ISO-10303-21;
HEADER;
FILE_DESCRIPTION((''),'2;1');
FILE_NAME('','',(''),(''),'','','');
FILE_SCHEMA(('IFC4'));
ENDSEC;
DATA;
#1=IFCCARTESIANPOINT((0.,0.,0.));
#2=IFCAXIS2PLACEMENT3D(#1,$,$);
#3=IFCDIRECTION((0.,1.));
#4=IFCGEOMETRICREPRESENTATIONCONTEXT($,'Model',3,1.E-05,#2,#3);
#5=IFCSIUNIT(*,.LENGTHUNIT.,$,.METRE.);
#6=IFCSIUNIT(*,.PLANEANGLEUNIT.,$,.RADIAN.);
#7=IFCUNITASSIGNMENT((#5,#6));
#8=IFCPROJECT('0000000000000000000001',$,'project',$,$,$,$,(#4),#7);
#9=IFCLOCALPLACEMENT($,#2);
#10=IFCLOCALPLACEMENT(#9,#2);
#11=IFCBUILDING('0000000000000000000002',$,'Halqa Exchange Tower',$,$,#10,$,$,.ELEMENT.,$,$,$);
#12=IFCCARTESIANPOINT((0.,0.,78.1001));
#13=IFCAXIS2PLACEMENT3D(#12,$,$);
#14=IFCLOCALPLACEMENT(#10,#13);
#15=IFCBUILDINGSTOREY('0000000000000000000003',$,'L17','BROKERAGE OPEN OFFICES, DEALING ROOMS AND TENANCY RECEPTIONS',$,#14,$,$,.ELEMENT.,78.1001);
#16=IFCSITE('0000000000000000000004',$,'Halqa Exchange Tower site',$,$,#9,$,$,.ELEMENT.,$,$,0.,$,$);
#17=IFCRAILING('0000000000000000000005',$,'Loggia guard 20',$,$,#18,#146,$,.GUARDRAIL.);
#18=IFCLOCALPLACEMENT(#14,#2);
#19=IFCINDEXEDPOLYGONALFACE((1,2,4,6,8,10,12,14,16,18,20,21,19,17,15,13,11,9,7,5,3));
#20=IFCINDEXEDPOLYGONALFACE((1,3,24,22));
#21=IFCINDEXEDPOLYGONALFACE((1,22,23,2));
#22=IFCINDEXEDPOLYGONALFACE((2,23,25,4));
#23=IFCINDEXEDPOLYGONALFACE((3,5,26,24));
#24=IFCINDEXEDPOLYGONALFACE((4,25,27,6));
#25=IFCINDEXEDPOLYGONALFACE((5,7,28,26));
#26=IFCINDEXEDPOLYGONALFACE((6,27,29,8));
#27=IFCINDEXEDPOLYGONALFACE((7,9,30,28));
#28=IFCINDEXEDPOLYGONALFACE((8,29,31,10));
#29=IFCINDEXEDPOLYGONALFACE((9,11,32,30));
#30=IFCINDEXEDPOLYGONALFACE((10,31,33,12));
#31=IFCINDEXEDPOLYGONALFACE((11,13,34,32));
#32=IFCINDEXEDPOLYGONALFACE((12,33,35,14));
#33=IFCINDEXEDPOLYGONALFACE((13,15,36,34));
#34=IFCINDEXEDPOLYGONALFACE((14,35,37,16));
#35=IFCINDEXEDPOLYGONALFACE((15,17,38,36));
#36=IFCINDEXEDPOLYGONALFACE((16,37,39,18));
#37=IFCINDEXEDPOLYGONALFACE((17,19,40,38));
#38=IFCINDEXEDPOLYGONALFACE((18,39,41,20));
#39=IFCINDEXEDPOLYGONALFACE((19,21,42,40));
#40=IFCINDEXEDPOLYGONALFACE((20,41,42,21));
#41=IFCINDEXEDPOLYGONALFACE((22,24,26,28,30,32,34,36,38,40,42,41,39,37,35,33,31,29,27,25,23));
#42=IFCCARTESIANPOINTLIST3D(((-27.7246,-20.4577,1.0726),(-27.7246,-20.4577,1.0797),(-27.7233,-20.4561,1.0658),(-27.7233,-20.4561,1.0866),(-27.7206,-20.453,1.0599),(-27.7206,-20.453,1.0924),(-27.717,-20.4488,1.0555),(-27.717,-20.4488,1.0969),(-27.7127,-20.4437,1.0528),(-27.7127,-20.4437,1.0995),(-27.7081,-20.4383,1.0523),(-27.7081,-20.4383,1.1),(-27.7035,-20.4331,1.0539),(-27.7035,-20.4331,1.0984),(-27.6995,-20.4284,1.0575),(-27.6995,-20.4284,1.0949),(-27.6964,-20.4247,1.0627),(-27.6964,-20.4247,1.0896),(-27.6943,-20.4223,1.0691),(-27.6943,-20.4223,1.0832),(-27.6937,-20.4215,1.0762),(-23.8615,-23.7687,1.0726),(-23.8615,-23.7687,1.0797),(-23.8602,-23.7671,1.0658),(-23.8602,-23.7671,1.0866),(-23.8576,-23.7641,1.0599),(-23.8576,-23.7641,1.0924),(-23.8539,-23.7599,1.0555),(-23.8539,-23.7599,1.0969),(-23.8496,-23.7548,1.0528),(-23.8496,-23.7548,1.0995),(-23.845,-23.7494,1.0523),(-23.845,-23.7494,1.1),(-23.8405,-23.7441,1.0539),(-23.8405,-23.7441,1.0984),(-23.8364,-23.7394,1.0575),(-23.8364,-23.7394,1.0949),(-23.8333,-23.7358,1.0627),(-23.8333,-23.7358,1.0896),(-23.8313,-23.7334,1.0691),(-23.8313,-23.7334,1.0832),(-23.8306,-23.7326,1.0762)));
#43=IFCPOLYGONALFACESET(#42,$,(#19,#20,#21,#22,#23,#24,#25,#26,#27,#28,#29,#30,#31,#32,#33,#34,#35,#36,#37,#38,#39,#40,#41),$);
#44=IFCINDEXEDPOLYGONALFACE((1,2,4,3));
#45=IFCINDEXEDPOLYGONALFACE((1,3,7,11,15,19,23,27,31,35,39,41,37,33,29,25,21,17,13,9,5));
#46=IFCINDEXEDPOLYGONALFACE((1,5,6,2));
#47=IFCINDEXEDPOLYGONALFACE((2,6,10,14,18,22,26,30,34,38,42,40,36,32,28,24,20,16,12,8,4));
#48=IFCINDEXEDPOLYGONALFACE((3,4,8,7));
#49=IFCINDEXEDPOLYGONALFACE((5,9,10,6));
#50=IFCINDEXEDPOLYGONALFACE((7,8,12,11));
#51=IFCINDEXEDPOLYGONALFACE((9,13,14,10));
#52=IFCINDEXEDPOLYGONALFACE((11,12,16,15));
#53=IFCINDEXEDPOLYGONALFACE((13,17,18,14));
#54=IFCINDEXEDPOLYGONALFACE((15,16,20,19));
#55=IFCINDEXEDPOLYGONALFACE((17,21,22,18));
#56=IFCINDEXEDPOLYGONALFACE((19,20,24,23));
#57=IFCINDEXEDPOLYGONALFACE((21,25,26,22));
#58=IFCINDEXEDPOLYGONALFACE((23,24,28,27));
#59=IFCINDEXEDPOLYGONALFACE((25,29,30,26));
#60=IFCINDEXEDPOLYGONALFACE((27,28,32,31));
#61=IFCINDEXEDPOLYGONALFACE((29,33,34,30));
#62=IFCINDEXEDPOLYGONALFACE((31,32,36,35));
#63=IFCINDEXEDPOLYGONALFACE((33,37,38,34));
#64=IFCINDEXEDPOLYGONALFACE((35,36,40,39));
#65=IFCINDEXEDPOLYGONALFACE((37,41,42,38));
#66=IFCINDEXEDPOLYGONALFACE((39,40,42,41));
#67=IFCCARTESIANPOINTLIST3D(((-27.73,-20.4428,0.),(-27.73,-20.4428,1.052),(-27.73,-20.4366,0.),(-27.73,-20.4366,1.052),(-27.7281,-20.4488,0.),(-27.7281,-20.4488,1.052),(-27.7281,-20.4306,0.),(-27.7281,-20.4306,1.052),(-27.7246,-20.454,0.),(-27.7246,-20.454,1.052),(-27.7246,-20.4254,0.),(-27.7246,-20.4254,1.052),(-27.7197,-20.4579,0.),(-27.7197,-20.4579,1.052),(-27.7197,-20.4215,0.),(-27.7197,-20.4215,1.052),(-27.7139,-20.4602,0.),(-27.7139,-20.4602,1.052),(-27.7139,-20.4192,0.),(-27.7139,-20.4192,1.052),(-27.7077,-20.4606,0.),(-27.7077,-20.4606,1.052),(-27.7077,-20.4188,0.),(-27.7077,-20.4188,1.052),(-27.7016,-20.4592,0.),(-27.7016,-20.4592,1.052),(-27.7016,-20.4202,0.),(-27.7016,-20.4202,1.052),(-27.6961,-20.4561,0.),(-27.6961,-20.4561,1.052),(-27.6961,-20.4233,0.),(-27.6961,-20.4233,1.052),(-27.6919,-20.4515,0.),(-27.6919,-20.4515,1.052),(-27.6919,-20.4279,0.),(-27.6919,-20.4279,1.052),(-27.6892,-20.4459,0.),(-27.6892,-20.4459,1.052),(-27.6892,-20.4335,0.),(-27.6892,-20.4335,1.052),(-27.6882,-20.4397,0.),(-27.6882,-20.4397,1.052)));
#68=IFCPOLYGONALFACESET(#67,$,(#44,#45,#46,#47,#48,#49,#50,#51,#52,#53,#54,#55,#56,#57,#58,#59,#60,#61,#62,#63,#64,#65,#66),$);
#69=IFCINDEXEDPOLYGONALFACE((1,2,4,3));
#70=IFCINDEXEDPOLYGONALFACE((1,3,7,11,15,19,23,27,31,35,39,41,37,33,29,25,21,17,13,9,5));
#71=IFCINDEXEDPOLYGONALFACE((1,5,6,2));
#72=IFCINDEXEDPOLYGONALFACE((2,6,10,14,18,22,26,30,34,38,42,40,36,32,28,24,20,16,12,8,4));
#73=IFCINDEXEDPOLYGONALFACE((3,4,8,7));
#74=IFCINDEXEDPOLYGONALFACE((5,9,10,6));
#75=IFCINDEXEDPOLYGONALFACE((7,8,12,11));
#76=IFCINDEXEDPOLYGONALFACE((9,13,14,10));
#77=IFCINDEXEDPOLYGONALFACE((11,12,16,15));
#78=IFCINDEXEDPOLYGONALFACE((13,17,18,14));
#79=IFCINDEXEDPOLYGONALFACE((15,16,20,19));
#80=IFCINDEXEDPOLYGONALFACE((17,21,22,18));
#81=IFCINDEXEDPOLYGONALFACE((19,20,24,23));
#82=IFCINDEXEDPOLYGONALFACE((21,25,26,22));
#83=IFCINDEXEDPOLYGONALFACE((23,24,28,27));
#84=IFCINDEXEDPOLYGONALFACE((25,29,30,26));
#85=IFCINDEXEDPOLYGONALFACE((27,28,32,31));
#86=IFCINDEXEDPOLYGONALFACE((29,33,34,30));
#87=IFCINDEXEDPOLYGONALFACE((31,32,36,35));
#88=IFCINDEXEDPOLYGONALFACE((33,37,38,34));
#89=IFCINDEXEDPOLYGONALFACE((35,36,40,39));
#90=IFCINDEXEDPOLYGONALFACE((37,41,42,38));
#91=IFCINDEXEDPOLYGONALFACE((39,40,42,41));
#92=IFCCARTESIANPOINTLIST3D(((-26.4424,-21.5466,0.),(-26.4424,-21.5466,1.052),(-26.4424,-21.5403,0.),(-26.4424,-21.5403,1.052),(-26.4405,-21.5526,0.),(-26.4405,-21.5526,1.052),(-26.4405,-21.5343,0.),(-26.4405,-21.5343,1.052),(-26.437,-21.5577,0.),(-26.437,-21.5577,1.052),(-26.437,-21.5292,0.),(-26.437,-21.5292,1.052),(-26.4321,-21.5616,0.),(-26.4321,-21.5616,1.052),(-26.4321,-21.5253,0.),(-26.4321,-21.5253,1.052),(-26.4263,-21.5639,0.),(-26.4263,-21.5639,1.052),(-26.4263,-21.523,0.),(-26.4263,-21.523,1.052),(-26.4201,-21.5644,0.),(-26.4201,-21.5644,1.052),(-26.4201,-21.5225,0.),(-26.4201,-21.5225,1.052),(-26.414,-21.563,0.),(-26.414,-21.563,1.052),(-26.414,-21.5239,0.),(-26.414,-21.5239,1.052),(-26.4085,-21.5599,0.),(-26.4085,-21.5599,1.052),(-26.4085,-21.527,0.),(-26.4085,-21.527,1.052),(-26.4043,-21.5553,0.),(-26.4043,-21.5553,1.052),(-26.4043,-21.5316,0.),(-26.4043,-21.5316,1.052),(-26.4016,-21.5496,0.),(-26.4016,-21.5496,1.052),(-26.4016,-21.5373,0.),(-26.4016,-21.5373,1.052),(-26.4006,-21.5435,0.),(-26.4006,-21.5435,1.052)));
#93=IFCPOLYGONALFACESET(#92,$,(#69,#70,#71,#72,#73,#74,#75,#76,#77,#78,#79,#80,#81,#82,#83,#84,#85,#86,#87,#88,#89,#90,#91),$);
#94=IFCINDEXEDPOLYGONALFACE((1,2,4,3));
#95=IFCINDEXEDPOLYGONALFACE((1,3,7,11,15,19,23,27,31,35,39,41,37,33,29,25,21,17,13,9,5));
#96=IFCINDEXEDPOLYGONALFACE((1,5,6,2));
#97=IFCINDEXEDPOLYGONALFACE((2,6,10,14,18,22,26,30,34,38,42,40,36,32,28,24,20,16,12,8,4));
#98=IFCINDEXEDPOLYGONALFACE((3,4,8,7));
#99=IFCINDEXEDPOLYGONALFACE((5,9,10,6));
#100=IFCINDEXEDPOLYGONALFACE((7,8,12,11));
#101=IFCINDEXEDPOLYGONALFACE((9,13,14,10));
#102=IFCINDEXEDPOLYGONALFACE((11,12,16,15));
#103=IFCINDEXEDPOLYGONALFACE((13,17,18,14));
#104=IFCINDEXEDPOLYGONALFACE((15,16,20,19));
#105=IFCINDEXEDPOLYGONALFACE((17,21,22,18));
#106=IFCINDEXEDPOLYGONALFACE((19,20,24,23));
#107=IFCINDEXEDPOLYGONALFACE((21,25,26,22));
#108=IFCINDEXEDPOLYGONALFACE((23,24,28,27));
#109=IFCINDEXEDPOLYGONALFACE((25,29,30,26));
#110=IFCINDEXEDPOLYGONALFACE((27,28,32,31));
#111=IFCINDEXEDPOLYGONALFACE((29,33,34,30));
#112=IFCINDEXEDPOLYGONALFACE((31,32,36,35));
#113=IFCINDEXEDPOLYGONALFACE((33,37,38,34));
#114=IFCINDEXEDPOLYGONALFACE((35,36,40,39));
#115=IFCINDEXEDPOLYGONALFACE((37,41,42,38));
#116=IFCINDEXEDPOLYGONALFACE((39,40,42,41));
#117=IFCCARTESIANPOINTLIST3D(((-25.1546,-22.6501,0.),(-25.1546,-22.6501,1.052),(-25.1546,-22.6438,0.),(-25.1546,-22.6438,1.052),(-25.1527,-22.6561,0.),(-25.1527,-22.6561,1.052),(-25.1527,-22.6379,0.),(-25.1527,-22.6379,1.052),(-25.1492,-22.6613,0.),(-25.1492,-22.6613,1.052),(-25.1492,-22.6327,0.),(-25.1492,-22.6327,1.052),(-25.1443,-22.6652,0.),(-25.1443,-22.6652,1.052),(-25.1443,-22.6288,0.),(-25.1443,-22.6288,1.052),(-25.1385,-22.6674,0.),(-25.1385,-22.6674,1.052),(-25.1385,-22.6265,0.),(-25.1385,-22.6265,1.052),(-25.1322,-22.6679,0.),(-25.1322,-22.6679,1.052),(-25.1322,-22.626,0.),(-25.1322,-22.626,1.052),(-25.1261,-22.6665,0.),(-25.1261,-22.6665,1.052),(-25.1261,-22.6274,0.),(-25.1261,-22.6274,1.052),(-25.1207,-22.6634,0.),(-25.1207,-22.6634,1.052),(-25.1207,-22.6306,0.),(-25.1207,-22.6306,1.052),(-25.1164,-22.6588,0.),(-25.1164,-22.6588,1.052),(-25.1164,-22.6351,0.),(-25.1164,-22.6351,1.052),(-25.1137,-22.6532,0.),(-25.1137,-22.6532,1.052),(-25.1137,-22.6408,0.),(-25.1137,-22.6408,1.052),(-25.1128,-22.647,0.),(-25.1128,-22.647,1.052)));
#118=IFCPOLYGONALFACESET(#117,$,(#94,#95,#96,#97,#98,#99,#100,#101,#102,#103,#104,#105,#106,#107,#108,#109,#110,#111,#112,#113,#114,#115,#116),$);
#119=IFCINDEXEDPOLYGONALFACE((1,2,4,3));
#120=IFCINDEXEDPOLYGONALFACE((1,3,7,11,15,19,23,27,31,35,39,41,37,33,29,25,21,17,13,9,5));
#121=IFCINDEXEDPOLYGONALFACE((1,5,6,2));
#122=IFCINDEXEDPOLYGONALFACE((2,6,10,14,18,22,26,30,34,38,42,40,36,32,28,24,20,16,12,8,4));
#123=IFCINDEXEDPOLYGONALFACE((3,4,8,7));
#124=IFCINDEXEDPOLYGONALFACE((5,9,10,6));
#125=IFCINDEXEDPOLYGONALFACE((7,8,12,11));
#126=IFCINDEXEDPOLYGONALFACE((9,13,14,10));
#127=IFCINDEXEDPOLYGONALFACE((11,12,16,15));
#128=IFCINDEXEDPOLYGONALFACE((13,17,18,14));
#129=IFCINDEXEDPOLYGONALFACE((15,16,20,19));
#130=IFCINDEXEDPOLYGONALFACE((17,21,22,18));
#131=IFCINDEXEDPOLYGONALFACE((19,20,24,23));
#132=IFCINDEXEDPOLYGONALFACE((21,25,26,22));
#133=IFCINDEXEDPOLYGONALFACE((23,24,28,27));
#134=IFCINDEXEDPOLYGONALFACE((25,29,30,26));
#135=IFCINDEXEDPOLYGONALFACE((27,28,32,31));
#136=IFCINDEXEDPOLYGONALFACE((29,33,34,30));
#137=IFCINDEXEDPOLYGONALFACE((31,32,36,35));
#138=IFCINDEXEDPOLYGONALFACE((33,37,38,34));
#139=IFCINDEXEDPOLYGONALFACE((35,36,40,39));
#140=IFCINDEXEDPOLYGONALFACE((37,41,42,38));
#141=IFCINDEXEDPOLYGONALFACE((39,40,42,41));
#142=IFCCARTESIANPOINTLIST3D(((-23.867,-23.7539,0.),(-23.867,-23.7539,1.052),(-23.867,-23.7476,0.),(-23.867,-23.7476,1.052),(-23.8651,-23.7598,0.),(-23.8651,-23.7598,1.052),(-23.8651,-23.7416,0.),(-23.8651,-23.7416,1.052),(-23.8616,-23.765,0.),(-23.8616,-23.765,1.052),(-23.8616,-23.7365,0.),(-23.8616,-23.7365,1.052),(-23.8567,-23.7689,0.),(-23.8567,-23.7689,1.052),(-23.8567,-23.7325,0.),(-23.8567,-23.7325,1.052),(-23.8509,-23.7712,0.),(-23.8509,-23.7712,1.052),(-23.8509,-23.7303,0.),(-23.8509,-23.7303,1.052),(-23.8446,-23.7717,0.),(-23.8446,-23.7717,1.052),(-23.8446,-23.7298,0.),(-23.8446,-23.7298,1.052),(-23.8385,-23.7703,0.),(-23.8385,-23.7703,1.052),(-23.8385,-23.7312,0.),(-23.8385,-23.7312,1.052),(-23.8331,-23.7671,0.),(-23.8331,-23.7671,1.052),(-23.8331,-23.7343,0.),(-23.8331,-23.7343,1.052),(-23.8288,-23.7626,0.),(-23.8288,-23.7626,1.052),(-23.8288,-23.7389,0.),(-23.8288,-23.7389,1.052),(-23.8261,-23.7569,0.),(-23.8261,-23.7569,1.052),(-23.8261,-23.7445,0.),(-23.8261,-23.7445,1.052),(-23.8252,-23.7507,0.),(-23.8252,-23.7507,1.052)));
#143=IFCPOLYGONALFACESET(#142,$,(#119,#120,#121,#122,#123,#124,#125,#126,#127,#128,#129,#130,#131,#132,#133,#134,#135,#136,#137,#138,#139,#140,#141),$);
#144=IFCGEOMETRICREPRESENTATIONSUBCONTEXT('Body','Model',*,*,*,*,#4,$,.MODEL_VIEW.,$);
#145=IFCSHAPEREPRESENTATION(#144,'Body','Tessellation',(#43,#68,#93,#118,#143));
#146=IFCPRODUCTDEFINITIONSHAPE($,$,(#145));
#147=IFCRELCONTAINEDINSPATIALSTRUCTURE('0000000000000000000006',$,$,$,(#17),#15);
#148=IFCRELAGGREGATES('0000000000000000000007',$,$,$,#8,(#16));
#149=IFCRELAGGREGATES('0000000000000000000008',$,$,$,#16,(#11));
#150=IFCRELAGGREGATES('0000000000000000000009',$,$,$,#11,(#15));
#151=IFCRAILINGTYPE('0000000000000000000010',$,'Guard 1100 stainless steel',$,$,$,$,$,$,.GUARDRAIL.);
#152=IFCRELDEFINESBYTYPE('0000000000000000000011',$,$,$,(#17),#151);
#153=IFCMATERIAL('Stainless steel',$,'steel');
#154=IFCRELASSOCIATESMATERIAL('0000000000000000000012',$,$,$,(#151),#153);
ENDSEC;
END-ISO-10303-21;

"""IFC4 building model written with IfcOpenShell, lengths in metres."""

from ifc_helpers import new_model, si_unit, direction, frame, origin, origin_2d, place, context, subcontext, project, spatial, circle, extrude, material, type_object, element, save


model = new_model("IFC4")

# Units and contexts
model_context = context("Model", 3, precision=1e-05, world=origin(), true_north=direction((0.0, 1.0)))
body_context = subcontext(model_context, "Body", "Model", "MODEL_VIEW")
ifc_project = project(units=[si_unit("LENGTHUNIT", "METRE"), si_unit("PLANEANGLEUNIT", "RADIAN")], contexts=[model_context])

# Site, building, storey
site_placement = place(None, origin())
site = spatial("IfcSite", under=ifc_project, at=site_placement, Name="Halqa Exchange Tower site", CompositionType="ELEMENT", RefElevation=0.0)
building_placement = place(site_placement, origin())
building = spatial("IfcBuilding", under=site, at=building_placement, Name="Halqa Exchange Tower", CompositionType="ELEMENT")
storey_placement = place(building_placement, frame((0.0, 0.0, 78.1001)))
storey = spatial("IfcBuildingStorey", under=building, at=storey_placement, Name="L17", Description="BROKERAGE OPEN OFFICES, DEALING ROOMS AND TENANCY RECEPTIONS", CompositionType="ELEMENT", Elevation=78.1001)

# Railing
ifc_material_1 = material(Name="Stainless steel", Category="steel")
railing_type = type_object("IfcRailingType", Name="Guard 1100 stainless steel", PredefinedType="GUARDRAIL", material=ifc_material_1)
railing_1_placement = place(storey_placement, frame((-27.7092, -20.4397, 0.0)))
element("IfcRailing", 1, at=railing_1_placement, inside=storey, type_object=railing_type, Name="Loggia guard 20", PredefinedType="GUARDRAIL", context=body_context, shape_type="SweptSolid", body=[
    extrude(circle(Radius=0.0239, at=origin_2d()), frame((0.0, 0.0, 1.0762), z_axis=(0.75927, -0.650776, 0.0), x_axis=(0.650776, 0.75927, 0.0)), (0.0, 0.0, 1.0), 5.0879),
    extrude(circle(Radius=0.021, at=origin_2d()), origin(), (0.0, 0.0, 1.0), 1.052),
    extrude(circle(Radius=0.021, at=origin_2d()), frame((1.2876, -1.1038, 0.0)), (0.0, 0.0, 1.0), 1.052),
    extrude(circle(Radius=0.021, at=origin_2d()), frame((2.5754, -2.2073, 0.0)), (0.0, 0.0, 1.0), 1.052),
    extrude(circle(Radius=0.021, at=origin_2d()), frame((3.863, -3.311, 0.0)), (0.0, 0.0, 1.0), 1.052),
])

save(model, "model.ifc")
